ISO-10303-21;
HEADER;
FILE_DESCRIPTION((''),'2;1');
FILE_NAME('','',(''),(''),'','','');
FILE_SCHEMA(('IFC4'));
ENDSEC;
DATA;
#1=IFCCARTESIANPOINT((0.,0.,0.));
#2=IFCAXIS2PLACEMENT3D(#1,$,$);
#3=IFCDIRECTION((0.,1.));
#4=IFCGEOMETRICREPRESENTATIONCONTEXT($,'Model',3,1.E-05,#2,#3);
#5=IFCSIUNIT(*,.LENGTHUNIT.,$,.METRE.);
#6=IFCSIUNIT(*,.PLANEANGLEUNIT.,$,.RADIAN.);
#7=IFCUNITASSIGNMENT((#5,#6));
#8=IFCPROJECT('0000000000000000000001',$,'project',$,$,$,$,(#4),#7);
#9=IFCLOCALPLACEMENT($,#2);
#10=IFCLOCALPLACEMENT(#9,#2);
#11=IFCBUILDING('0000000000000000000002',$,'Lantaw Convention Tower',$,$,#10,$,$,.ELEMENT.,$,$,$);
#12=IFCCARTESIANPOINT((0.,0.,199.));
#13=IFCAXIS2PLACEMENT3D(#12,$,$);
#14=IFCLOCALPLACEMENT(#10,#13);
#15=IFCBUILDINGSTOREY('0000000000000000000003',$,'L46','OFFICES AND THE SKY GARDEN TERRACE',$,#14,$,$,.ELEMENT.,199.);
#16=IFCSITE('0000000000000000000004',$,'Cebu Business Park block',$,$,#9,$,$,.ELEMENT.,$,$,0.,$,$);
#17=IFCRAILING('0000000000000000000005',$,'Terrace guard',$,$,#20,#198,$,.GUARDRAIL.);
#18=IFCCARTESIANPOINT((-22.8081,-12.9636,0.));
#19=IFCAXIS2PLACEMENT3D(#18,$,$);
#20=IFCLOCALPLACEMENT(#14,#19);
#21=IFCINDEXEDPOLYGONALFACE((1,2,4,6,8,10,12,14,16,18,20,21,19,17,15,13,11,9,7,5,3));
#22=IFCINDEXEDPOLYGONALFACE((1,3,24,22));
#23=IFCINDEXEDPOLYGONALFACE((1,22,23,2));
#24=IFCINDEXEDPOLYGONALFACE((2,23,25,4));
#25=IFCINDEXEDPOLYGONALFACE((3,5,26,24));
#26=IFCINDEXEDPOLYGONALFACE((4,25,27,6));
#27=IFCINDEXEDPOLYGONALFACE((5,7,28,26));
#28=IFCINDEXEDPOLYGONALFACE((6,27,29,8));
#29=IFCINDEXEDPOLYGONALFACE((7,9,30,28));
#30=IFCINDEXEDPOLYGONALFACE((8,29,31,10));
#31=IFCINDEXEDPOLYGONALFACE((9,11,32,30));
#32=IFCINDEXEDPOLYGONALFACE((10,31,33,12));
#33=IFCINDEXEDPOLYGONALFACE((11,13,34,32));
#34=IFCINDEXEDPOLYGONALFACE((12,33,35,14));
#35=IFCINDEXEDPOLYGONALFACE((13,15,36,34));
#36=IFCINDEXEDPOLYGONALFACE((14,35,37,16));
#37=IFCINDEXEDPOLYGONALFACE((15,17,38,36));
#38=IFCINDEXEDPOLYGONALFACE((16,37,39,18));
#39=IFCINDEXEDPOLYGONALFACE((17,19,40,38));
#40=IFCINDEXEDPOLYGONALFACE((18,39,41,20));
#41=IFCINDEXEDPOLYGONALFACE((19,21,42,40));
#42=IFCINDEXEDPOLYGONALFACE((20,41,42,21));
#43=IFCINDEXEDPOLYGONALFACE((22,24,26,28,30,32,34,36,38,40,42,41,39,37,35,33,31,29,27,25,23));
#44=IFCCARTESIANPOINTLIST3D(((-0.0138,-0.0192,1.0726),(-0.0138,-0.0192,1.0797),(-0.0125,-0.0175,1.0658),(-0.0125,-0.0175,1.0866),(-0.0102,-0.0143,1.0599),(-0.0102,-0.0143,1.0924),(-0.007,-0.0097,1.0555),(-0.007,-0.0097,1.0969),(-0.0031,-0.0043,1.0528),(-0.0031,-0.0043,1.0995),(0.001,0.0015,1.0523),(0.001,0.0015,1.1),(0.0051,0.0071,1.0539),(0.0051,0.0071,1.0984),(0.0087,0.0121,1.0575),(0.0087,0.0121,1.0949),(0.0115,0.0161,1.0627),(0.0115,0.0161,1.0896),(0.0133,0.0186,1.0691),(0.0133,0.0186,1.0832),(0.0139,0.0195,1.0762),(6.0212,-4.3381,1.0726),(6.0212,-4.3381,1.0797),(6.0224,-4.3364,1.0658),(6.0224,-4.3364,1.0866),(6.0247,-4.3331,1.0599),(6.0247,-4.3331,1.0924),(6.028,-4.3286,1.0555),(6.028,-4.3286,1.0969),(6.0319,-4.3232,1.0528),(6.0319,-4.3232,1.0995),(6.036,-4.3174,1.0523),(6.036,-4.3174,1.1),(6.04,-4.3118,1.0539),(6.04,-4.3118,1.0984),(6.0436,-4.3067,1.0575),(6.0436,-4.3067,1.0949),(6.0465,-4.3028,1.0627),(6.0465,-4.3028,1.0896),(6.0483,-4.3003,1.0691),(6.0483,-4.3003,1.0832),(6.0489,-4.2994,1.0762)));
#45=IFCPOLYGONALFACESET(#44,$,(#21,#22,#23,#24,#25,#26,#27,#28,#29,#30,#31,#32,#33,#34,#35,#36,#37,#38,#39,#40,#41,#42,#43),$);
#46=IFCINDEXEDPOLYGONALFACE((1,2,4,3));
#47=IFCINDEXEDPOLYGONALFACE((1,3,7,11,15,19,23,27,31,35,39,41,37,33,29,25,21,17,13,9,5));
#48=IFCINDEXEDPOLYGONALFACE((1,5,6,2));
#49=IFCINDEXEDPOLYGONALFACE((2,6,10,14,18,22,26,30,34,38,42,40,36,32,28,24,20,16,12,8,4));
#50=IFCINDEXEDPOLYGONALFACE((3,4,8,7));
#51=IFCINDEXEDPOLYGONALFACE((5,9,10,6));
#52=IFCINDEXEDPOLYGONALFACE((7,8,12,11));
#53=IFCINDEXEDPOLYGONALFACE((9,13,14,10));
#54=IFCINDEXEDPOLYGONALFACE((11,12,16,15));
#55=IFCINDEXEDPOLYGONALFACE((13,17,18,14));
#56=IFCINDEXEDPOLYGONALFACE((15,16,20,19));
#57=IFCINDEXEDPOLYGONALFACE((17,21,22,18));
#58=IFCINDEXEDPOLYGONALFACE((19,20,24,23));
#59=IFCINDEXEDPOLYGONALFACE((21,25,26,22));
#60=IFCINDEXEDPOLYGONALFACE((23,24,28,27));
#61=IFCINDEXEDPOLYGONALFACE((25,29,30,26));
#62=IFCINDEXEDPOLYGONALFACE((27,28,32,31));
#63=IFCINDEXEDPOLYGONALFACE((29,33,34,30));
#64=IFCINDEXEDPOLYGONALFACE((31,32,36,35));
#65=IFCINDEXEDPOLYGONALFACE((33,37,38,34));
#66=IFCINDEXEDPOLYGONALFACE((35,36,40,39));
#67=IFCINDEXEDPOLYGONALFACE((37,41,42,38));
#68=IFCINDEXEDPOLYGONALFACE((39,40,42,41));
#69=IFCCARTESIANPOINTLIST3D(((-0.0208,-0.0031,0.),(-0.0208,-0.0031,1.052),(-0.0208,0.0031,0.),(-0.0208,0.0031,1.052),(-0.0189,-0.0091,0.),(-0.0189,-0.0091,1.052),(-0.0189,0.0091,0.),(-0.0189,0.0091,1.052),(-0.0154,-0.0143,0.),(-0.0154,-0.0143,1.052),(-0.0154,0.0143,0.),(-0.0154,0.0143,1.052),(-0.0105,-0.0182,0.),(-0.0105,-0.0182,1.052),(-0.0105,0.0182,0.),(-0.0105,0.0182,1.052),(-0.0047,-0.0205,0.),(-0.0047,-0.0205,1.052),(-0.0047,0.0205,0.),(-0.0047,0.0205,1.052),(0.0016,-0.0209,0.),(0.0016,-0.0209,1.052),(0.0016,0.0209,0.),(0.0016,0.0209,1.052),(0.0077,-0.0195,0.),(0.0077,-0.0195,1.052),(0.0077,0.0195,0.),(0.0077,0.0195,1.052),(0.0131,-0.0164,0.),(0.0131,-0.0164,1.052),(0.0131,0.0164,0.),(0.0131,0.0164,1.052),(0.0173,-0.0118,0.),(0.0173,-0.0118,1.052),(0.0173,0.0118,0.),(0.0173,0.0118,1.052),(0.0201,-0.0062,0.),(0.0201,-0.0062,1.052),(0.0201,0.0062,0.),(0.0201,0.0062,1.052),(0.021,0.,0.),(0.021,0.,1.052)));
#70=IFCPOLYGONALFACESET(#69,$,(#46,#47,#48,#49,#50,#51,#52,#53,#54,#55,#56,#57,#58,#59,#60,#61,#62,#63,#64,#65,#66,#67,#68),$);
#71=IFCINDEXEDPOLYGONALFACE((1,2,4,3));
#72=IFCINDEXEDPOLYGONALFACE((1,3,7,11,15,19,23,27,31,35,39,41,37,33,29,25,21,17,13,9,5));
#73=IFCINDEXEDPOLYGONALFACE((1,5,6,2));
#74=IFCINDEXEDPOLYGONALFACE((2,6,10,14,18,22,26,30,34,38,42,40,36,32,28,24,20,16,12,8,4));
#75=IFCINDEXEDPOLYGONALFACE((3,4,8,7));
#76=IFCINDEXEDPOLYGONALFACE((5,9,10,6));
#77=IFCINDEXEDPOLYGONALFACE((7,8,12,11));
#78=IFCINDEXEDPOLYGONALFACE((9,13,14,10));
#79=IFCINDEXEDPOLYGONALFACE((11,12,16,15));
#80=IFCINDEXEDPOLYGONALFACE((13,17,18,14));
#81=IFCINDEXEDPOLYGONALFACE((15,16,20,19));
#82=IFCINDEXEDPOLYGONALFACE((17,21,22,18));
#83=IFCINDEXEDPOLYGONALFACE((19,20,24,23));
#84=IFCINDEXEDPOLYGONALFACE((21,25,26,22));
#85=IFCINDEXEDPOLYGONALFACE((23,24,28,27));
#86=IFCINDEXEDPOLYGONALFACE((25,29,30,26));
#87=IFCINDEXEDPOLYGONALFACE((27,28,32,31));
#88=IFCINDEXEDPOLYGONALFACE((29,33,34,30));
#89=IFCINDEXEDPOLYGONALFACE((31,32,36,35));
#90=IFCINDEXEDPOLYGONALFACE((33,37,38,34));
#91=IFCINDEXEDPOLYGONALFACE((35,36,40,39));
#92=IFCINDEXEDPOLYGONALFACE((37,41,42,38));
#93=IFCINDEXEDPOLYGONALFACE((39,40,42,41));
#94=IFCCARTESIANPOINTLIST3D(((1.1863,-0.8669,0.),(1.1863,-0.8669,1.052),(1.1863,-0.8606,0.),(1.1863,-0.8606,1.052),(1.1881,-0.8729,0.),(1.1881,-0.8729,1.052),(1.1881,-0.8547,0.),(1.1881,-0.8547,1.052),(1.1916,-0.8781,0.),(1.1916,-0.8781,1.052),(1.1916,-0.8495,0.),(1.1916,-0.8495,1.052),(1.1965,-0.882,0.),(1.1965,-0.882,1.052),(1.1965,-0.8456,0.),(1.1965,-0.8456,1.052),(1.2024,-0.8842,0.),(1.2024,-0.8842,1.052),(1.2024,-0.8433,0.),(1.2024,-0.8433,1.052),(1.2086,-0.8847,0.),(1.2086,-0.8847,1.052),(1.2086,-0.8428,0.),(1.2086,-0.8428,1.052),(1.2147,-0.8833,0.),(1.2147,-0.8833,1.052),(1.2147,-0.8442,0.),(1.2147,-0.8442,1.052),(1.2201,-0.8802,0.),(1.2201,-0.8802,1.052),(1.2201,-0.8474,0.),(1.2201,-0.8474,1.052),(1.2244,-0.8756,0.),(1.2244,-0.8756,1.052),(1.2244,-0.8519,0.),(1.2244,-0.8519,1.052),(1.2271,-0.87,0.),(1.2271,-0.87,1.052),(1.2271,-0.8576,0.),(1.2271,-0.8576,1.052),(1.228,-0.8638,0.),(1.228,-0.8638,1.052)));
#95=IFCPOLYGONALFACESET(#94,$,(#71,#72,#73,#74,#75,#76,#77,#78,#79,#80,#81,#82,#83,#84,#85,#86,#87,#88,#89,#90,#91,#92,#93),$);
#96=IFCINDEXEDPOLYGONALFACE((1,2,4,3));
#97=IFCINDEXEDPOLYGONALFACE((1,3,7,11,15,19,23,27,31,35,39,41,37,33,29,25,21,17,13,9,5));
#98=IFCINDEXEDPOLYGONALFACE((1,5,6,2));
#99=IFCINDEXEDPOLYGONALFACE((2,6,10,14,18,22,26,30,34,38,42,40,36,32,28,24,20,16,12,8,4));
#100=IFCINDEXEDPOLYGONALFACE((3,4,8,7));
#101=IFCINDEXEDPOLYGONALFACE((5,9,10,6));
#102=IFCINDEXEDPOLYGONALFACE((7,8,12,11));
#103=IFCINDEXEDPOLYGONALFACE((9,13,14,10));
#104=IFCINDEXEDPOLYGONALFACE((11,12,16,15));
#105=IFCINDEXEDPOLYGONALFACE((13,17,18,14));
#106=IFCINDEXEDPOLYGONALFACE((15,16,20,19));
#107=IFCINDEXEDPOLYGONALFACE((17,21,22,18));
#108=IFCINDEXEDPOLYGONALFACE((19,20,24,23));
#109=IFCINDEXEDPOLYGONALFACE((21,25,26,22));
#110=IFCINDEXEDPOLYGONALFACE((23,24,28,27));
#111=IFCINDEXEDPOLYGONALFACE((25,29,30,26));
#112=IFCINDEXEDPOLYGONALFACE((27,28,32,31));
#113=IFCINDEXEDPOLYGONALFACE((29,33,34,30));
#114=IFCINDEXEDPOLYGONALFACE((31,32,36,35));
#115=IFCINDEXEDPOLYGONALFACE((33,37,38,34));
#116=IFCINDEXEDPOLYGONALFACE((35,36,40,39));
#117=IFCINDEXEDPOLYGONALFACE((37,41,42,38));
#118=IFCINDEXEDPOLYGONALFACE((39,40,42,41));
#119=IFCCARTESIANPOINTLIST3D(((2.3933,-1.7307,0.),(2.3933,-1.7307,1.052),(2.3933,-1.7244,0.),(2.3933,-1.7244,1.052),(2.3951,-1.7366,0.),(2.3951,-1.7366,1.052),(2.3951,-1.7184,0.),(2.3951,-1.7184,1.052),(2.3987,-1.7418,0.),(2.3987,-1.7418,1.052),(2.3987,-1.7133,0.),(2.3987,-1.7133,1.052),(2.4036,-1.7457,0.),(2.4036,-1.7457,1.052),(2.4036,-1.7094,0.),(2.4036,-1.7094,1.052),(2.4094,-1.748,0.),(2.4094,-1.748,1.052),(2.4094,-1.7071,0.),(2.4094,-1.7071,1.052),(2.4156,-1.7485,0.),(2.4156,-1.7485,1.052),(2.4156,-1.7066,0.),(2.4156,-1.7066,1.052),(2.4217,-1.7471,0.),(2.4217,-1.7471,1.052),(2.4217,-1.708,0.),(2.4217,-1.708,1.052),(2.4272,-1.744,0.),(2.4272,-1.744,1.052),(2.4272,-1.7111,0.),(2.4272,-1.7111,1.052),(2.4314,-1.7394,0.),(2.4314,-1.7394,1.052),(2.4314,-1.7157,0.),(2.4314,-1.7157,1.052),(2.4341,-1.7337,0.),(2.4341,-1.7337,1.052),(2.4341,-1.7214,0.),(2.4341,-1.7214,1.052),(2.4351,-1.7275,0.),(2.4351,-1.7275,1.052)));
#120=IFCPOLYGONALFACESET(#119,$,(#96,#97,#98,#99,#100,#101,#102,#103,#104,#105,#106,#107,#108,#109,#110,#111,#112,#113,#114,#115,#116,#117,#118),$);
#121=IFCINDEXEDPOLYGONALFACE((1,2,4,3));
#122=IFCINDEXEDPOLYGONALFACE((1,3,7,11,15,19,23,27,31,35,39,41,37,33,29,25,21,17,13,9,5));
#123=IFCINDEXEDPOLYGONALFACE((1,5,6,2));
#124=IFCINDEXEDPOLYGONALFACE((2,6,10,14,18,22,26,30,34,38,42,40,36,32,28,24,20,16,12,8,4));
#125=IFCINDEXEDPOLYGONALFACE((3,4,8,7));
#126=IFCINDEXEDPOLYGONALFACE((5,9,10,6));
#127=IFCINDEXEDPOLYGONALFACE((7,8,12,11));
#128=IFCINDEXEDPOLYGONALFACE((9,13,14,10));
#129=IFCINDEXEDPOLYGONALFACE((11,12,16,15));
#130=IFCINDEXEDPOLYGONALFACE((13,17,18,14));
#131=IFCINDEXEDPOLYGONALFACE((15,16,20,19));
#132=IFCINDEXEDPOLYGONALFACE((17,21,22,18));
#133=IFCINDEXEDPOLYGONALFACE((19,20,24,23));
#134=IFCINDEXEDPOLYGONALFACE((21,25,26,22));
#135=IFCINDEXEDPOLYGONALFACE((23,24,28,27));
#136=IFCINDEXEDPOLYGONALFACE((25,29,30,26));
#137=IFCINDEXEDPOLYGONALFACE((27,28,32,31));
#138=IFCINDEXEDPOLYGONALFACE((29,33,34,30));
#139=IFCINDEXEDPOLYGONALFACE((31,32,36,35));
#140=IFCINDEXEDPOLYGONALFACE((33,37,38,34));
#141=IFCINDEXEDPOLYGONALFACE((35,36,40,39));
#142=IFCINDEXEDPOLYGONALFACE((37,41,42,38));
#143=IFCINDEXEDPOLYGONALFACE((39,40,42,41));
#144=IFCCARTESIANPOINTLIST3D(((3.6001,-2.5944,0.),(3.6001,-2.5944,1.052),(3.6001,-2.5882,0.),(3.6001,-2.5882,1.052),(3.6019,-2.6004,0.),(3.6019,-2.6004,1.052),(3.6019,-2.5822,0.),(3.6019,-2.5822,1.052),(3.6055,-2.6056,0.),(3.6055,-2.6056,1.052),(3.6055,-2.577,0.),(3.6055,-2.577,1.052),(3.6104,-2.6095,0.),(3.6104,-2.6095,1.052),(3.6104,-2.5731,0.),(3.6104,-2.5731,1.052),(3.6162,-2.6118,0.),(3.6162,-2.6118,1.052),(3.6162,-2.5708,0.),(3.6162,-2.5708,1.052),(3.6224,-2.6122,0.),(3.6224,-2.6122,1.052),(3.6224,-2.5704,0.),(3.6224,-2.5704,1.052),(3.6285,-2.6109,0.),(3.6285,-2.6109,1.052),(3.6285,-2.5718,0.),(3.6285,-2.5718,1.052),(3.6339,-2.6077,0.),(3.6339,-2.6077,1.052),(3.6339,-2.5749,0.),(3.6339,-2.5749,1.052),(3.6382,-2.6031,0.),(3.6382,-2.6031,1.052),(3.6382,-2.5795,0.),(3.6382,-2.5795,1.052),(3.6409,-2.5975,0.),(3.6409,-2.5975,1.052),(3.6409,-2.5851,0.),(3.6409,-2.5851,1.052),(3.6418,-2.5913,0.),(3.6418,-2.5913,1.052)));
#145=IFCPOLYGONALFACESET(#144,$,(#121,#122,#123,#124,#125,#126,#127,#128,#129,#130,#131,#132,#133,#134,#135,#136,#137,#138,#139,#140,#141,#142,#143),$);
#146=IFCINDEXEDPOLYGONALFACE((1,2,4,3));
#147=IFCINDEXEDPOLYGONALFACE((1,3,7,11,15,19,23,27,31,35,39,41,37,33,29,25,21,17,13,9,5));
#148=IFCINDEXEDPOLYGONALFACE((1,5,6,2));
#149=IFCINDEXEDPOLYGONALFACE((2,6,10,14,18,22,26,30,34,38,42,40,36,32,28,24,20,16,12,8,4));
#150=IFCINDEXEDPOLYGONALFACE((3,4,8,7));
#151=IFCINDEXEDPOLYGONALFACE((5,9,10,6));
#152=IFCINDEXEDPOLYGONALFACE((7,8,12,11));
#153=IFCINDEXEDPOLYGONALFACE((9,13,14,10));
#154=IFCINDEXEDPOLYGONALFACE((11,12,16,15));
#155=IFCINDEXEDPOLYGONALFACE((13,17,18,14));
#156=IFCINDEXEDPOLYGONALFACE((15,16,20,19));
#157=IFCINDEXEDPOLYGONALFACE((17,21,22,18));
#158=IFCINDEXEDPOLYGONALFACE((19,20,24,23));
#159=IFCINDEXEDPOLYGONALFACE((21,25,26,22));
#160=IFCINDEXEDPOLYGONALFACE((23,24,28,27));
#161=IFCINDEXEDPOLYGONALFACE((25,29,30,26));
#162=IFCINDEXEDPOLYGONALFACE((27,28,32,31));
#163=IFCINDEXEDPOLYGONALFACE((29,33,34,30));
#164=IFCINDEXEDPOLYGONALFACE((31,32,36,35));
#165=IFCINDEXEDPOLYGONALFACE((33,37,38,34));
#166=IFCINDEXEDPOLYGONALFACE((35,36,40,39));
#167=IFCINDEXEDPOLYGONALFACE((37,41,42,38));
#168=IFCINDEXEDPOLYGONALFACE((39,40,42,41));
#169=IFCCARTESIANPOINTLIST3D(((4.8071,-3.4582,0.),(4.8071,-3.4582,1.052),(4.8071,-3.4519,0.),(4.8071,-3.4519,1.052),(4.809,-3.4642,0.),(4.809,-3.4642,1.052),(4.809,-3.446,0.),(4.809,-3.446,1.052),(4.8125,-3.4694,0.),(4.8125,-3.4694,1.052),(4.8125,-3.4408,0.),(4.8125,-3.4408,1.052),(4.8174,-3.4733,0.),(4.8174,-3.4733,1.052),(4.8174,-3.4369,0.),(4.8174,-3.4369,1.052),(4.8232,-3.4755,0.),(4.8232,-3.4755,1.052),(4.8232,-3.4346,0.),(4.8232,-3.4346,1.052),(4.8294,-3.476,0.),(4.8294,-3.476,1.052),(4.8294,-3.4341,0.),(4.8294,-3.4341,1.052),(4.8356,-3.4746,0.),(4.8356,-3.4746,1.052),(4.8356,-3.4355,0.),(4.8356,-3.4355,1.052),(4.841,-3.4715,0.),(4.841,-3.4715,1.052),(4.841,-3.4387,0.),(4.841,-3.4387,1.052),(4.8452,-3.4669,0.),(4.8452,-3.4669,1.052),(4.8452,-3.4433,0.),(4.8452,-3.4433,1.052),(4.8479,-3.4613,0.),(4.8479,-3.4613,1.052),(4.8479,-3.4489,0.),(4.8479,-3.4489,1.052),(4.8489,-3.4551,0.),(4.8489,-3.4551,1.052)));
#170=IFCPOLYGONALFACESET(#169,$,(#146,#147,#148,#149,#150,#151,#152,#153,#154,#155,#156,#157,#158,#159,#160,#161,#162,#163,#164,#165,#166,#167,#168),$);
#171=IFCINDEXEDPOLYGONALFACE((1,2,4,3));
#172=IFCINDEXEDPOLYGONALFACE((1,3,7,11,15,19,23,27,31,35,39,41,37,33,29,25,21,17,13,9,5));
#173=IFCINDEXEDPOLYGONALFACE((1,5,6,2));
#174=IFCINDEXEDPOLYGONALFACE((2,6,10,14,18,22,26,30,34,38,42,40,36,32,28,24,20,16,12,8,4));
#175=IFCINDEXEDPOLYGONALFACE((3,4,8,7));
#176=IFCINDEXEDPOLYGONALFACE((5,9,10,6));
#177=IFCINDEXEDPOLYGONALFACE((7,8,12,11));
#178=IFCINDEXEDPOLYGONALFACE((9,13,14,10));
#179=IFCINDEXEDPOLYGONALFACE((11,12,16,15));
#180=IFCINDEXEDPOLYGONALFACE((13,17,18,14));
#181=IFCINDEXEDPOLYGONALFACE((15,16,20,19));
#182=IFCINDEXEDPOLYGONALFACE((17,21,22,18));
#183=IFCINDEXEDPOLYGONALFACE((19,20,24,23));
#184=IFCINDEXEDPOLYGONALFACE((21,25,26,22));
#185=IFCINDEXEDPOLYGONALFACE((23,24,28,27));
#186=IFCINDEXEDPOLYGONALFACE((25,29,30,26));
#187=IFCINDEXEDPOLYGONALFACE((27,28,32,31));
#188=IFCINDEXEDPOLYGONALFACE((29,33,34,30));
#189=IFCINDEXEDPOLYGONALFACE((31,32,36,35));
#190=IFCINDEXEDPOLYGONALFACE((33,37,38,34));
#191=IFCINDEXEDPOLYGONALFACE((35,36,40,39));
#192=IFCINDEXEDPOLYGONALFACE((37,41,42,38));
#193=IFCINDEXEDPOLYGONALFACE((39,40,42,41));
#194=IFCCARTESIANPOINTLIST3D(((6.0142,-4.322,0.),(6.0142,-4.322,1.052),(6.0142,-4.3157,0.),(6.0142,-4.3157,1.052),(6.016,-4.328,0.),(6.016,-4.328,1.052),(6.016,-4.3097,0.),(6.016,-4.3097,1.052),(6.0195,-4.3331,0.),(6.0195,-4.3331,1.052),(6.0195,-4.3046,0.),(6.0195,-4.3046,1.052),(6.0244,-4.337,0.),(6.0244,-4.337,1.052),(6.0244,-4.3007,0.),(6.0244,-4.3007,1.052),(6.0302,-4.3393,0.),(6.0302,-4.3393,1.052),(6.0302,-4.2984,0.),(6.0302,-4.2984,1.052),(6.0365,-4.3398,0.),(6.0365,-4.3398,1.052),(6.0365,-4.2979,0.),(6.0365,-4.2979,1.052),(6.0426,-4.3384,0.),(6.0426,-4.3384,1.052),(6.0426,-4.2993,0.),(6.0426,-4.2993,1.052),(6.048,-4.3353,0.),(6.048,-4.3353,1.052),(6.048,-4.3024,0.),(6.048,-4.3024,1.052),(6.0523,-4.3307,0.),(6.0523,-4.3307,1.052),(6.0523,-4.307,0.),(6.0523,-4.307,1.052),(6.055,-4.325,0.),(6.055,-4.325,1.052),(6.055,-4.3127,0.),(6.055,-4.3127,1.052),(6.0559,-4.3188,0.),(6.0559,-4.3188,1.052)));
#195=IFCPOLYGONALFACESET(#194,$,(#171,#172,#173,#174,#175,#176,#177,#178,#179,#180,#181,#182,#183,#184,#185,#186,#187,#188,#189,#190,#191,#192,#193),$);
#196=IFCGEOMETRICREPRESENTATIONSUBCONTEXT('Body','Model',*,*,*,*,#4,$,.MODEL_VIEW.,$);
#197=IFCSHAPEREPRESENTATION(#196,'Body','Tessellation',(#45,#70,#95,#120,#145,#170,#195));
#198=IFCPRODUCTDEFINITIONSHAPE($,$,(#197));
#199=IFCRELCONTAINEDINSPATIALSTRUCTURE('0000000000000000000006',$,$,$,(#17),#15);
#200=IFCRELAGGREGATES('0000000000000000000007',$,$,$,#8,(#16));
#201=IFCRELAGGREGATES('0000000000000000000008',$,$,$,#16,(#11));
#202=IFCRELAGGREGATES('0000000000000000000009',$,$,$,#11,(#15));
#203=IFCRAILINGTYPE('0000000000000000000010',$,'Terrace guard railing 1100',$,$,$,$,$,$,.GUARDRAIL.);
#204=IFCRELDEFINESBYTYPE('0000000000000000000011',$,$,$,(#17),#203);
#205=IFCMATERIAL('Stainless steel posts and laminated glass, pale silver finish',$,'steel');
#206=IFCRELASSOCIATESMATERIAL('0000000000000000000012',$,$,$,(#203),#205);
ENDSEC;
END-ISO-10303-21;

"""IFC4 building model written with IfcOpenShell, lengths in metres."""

from ifc_helpers import new_model, si_unit, direction, frame, origin, origin_2d, place, context, subcontext, project, spatial, circle, extrude, material, type_object, element, save


model = new_model("IFC4")

# Units and contexts
model_context = context("Model", 3, precision=1e-05, world=origin(), true_north=direction((0.0, 1.0)))
body_context = subcontext(model_context, "Body", "Model", "MODEL_VIEW")
ifc_project = project(units=[si_unit("LENGTHUNIT", "METRE"), si_unit("PLANEANGLEUNIT", "RADIAN")], contexts=[model_context])

# Site, building, storey
site_placement = place(None, origin())
site = spatial("IfcSite", under=ifc_project, at=site_placement, Name="Cebu Business Park block", CompositionType="ELEMENT", RefElevation=0.0)
building_placement = place(site_placement, origin())
building = spatial("IfcBuilding", under=site, at=building_placement, Name="Lantaw Convention Tower", CompositionType="ELEMENT")
storey_placement = place(building_placement, frame((0.0, 0.0, 199.0)))
storey = spatial("IfcBuildingStorey", under=building, at=storey_placement, Name="L46", Description="OFFICES AND THE SKY GARDEN TERRACE", CompositionType="ELEMENT", Elevation=199.0)

# Railing
ifc_material_1 = material(Name="Stainless steel posts and laminated glass, pale silver finish", Category="steel")
railing_type = type_object("IfcRailingType", Name="Terrace guard railing 1100", PredefinedType="GUARDRAIL", material=ifc_material_1)
railing_1_placement = place(storey_placement, frame((-22.8081, -12.9636, 0.0)))
element("IfcRailing", 1, at=railing_1_placement, inside=storey, type_object=railing_type, Name="Terrace guard", PredefinedType="GUARDRAIL", context=body_context, shape_type="SweptSolid", body=[
    extrude(circle(Radius=0.0239, at=origin_2d()), frame((0.0, 0.0, 1.0762), z_axis=(0.813211, -0.581969, 0.0), x_axis=(0.581969, 0.813211, 0.0)), (0.0, 0.0, 1.0), 7.4211),
    extrude(circle(Radius=0.021, at=origin_2d()), origin(), (0.0, 0.0, 1.0), 1.052),
    extrude(circle(Radius=0.021, at=origin_2d()), frame((1.207, -0.8638, 0.0)), (0.0, 0.0, 1.0), 1.052),
    extrude(circle(Radius=0.021, at=origin_2d()), frame((2.4141, -1.7275, 0.0)), (0.0, 0.0, 1.0), 1.052),
    extrude(circle(Radius=0.021, at=origin_2d()), frame((3.6208, -2.5913, 0.0)), (0.0, 0.0, 1.0), 1.052),
    extrude(circle(Radius=0.021, at=origin_2d()), frame((4.8279, -3.4551, 0.0)), (0.0, 0.0, 1.0), 1.052),
    extrude(circle(Radius=0.021, at=origin_2d()), frame((6.0349, -4.3188, 0.0)), (0.0, 0.0, 1.0), 1.052),
])

save(model, "model.ifc")
